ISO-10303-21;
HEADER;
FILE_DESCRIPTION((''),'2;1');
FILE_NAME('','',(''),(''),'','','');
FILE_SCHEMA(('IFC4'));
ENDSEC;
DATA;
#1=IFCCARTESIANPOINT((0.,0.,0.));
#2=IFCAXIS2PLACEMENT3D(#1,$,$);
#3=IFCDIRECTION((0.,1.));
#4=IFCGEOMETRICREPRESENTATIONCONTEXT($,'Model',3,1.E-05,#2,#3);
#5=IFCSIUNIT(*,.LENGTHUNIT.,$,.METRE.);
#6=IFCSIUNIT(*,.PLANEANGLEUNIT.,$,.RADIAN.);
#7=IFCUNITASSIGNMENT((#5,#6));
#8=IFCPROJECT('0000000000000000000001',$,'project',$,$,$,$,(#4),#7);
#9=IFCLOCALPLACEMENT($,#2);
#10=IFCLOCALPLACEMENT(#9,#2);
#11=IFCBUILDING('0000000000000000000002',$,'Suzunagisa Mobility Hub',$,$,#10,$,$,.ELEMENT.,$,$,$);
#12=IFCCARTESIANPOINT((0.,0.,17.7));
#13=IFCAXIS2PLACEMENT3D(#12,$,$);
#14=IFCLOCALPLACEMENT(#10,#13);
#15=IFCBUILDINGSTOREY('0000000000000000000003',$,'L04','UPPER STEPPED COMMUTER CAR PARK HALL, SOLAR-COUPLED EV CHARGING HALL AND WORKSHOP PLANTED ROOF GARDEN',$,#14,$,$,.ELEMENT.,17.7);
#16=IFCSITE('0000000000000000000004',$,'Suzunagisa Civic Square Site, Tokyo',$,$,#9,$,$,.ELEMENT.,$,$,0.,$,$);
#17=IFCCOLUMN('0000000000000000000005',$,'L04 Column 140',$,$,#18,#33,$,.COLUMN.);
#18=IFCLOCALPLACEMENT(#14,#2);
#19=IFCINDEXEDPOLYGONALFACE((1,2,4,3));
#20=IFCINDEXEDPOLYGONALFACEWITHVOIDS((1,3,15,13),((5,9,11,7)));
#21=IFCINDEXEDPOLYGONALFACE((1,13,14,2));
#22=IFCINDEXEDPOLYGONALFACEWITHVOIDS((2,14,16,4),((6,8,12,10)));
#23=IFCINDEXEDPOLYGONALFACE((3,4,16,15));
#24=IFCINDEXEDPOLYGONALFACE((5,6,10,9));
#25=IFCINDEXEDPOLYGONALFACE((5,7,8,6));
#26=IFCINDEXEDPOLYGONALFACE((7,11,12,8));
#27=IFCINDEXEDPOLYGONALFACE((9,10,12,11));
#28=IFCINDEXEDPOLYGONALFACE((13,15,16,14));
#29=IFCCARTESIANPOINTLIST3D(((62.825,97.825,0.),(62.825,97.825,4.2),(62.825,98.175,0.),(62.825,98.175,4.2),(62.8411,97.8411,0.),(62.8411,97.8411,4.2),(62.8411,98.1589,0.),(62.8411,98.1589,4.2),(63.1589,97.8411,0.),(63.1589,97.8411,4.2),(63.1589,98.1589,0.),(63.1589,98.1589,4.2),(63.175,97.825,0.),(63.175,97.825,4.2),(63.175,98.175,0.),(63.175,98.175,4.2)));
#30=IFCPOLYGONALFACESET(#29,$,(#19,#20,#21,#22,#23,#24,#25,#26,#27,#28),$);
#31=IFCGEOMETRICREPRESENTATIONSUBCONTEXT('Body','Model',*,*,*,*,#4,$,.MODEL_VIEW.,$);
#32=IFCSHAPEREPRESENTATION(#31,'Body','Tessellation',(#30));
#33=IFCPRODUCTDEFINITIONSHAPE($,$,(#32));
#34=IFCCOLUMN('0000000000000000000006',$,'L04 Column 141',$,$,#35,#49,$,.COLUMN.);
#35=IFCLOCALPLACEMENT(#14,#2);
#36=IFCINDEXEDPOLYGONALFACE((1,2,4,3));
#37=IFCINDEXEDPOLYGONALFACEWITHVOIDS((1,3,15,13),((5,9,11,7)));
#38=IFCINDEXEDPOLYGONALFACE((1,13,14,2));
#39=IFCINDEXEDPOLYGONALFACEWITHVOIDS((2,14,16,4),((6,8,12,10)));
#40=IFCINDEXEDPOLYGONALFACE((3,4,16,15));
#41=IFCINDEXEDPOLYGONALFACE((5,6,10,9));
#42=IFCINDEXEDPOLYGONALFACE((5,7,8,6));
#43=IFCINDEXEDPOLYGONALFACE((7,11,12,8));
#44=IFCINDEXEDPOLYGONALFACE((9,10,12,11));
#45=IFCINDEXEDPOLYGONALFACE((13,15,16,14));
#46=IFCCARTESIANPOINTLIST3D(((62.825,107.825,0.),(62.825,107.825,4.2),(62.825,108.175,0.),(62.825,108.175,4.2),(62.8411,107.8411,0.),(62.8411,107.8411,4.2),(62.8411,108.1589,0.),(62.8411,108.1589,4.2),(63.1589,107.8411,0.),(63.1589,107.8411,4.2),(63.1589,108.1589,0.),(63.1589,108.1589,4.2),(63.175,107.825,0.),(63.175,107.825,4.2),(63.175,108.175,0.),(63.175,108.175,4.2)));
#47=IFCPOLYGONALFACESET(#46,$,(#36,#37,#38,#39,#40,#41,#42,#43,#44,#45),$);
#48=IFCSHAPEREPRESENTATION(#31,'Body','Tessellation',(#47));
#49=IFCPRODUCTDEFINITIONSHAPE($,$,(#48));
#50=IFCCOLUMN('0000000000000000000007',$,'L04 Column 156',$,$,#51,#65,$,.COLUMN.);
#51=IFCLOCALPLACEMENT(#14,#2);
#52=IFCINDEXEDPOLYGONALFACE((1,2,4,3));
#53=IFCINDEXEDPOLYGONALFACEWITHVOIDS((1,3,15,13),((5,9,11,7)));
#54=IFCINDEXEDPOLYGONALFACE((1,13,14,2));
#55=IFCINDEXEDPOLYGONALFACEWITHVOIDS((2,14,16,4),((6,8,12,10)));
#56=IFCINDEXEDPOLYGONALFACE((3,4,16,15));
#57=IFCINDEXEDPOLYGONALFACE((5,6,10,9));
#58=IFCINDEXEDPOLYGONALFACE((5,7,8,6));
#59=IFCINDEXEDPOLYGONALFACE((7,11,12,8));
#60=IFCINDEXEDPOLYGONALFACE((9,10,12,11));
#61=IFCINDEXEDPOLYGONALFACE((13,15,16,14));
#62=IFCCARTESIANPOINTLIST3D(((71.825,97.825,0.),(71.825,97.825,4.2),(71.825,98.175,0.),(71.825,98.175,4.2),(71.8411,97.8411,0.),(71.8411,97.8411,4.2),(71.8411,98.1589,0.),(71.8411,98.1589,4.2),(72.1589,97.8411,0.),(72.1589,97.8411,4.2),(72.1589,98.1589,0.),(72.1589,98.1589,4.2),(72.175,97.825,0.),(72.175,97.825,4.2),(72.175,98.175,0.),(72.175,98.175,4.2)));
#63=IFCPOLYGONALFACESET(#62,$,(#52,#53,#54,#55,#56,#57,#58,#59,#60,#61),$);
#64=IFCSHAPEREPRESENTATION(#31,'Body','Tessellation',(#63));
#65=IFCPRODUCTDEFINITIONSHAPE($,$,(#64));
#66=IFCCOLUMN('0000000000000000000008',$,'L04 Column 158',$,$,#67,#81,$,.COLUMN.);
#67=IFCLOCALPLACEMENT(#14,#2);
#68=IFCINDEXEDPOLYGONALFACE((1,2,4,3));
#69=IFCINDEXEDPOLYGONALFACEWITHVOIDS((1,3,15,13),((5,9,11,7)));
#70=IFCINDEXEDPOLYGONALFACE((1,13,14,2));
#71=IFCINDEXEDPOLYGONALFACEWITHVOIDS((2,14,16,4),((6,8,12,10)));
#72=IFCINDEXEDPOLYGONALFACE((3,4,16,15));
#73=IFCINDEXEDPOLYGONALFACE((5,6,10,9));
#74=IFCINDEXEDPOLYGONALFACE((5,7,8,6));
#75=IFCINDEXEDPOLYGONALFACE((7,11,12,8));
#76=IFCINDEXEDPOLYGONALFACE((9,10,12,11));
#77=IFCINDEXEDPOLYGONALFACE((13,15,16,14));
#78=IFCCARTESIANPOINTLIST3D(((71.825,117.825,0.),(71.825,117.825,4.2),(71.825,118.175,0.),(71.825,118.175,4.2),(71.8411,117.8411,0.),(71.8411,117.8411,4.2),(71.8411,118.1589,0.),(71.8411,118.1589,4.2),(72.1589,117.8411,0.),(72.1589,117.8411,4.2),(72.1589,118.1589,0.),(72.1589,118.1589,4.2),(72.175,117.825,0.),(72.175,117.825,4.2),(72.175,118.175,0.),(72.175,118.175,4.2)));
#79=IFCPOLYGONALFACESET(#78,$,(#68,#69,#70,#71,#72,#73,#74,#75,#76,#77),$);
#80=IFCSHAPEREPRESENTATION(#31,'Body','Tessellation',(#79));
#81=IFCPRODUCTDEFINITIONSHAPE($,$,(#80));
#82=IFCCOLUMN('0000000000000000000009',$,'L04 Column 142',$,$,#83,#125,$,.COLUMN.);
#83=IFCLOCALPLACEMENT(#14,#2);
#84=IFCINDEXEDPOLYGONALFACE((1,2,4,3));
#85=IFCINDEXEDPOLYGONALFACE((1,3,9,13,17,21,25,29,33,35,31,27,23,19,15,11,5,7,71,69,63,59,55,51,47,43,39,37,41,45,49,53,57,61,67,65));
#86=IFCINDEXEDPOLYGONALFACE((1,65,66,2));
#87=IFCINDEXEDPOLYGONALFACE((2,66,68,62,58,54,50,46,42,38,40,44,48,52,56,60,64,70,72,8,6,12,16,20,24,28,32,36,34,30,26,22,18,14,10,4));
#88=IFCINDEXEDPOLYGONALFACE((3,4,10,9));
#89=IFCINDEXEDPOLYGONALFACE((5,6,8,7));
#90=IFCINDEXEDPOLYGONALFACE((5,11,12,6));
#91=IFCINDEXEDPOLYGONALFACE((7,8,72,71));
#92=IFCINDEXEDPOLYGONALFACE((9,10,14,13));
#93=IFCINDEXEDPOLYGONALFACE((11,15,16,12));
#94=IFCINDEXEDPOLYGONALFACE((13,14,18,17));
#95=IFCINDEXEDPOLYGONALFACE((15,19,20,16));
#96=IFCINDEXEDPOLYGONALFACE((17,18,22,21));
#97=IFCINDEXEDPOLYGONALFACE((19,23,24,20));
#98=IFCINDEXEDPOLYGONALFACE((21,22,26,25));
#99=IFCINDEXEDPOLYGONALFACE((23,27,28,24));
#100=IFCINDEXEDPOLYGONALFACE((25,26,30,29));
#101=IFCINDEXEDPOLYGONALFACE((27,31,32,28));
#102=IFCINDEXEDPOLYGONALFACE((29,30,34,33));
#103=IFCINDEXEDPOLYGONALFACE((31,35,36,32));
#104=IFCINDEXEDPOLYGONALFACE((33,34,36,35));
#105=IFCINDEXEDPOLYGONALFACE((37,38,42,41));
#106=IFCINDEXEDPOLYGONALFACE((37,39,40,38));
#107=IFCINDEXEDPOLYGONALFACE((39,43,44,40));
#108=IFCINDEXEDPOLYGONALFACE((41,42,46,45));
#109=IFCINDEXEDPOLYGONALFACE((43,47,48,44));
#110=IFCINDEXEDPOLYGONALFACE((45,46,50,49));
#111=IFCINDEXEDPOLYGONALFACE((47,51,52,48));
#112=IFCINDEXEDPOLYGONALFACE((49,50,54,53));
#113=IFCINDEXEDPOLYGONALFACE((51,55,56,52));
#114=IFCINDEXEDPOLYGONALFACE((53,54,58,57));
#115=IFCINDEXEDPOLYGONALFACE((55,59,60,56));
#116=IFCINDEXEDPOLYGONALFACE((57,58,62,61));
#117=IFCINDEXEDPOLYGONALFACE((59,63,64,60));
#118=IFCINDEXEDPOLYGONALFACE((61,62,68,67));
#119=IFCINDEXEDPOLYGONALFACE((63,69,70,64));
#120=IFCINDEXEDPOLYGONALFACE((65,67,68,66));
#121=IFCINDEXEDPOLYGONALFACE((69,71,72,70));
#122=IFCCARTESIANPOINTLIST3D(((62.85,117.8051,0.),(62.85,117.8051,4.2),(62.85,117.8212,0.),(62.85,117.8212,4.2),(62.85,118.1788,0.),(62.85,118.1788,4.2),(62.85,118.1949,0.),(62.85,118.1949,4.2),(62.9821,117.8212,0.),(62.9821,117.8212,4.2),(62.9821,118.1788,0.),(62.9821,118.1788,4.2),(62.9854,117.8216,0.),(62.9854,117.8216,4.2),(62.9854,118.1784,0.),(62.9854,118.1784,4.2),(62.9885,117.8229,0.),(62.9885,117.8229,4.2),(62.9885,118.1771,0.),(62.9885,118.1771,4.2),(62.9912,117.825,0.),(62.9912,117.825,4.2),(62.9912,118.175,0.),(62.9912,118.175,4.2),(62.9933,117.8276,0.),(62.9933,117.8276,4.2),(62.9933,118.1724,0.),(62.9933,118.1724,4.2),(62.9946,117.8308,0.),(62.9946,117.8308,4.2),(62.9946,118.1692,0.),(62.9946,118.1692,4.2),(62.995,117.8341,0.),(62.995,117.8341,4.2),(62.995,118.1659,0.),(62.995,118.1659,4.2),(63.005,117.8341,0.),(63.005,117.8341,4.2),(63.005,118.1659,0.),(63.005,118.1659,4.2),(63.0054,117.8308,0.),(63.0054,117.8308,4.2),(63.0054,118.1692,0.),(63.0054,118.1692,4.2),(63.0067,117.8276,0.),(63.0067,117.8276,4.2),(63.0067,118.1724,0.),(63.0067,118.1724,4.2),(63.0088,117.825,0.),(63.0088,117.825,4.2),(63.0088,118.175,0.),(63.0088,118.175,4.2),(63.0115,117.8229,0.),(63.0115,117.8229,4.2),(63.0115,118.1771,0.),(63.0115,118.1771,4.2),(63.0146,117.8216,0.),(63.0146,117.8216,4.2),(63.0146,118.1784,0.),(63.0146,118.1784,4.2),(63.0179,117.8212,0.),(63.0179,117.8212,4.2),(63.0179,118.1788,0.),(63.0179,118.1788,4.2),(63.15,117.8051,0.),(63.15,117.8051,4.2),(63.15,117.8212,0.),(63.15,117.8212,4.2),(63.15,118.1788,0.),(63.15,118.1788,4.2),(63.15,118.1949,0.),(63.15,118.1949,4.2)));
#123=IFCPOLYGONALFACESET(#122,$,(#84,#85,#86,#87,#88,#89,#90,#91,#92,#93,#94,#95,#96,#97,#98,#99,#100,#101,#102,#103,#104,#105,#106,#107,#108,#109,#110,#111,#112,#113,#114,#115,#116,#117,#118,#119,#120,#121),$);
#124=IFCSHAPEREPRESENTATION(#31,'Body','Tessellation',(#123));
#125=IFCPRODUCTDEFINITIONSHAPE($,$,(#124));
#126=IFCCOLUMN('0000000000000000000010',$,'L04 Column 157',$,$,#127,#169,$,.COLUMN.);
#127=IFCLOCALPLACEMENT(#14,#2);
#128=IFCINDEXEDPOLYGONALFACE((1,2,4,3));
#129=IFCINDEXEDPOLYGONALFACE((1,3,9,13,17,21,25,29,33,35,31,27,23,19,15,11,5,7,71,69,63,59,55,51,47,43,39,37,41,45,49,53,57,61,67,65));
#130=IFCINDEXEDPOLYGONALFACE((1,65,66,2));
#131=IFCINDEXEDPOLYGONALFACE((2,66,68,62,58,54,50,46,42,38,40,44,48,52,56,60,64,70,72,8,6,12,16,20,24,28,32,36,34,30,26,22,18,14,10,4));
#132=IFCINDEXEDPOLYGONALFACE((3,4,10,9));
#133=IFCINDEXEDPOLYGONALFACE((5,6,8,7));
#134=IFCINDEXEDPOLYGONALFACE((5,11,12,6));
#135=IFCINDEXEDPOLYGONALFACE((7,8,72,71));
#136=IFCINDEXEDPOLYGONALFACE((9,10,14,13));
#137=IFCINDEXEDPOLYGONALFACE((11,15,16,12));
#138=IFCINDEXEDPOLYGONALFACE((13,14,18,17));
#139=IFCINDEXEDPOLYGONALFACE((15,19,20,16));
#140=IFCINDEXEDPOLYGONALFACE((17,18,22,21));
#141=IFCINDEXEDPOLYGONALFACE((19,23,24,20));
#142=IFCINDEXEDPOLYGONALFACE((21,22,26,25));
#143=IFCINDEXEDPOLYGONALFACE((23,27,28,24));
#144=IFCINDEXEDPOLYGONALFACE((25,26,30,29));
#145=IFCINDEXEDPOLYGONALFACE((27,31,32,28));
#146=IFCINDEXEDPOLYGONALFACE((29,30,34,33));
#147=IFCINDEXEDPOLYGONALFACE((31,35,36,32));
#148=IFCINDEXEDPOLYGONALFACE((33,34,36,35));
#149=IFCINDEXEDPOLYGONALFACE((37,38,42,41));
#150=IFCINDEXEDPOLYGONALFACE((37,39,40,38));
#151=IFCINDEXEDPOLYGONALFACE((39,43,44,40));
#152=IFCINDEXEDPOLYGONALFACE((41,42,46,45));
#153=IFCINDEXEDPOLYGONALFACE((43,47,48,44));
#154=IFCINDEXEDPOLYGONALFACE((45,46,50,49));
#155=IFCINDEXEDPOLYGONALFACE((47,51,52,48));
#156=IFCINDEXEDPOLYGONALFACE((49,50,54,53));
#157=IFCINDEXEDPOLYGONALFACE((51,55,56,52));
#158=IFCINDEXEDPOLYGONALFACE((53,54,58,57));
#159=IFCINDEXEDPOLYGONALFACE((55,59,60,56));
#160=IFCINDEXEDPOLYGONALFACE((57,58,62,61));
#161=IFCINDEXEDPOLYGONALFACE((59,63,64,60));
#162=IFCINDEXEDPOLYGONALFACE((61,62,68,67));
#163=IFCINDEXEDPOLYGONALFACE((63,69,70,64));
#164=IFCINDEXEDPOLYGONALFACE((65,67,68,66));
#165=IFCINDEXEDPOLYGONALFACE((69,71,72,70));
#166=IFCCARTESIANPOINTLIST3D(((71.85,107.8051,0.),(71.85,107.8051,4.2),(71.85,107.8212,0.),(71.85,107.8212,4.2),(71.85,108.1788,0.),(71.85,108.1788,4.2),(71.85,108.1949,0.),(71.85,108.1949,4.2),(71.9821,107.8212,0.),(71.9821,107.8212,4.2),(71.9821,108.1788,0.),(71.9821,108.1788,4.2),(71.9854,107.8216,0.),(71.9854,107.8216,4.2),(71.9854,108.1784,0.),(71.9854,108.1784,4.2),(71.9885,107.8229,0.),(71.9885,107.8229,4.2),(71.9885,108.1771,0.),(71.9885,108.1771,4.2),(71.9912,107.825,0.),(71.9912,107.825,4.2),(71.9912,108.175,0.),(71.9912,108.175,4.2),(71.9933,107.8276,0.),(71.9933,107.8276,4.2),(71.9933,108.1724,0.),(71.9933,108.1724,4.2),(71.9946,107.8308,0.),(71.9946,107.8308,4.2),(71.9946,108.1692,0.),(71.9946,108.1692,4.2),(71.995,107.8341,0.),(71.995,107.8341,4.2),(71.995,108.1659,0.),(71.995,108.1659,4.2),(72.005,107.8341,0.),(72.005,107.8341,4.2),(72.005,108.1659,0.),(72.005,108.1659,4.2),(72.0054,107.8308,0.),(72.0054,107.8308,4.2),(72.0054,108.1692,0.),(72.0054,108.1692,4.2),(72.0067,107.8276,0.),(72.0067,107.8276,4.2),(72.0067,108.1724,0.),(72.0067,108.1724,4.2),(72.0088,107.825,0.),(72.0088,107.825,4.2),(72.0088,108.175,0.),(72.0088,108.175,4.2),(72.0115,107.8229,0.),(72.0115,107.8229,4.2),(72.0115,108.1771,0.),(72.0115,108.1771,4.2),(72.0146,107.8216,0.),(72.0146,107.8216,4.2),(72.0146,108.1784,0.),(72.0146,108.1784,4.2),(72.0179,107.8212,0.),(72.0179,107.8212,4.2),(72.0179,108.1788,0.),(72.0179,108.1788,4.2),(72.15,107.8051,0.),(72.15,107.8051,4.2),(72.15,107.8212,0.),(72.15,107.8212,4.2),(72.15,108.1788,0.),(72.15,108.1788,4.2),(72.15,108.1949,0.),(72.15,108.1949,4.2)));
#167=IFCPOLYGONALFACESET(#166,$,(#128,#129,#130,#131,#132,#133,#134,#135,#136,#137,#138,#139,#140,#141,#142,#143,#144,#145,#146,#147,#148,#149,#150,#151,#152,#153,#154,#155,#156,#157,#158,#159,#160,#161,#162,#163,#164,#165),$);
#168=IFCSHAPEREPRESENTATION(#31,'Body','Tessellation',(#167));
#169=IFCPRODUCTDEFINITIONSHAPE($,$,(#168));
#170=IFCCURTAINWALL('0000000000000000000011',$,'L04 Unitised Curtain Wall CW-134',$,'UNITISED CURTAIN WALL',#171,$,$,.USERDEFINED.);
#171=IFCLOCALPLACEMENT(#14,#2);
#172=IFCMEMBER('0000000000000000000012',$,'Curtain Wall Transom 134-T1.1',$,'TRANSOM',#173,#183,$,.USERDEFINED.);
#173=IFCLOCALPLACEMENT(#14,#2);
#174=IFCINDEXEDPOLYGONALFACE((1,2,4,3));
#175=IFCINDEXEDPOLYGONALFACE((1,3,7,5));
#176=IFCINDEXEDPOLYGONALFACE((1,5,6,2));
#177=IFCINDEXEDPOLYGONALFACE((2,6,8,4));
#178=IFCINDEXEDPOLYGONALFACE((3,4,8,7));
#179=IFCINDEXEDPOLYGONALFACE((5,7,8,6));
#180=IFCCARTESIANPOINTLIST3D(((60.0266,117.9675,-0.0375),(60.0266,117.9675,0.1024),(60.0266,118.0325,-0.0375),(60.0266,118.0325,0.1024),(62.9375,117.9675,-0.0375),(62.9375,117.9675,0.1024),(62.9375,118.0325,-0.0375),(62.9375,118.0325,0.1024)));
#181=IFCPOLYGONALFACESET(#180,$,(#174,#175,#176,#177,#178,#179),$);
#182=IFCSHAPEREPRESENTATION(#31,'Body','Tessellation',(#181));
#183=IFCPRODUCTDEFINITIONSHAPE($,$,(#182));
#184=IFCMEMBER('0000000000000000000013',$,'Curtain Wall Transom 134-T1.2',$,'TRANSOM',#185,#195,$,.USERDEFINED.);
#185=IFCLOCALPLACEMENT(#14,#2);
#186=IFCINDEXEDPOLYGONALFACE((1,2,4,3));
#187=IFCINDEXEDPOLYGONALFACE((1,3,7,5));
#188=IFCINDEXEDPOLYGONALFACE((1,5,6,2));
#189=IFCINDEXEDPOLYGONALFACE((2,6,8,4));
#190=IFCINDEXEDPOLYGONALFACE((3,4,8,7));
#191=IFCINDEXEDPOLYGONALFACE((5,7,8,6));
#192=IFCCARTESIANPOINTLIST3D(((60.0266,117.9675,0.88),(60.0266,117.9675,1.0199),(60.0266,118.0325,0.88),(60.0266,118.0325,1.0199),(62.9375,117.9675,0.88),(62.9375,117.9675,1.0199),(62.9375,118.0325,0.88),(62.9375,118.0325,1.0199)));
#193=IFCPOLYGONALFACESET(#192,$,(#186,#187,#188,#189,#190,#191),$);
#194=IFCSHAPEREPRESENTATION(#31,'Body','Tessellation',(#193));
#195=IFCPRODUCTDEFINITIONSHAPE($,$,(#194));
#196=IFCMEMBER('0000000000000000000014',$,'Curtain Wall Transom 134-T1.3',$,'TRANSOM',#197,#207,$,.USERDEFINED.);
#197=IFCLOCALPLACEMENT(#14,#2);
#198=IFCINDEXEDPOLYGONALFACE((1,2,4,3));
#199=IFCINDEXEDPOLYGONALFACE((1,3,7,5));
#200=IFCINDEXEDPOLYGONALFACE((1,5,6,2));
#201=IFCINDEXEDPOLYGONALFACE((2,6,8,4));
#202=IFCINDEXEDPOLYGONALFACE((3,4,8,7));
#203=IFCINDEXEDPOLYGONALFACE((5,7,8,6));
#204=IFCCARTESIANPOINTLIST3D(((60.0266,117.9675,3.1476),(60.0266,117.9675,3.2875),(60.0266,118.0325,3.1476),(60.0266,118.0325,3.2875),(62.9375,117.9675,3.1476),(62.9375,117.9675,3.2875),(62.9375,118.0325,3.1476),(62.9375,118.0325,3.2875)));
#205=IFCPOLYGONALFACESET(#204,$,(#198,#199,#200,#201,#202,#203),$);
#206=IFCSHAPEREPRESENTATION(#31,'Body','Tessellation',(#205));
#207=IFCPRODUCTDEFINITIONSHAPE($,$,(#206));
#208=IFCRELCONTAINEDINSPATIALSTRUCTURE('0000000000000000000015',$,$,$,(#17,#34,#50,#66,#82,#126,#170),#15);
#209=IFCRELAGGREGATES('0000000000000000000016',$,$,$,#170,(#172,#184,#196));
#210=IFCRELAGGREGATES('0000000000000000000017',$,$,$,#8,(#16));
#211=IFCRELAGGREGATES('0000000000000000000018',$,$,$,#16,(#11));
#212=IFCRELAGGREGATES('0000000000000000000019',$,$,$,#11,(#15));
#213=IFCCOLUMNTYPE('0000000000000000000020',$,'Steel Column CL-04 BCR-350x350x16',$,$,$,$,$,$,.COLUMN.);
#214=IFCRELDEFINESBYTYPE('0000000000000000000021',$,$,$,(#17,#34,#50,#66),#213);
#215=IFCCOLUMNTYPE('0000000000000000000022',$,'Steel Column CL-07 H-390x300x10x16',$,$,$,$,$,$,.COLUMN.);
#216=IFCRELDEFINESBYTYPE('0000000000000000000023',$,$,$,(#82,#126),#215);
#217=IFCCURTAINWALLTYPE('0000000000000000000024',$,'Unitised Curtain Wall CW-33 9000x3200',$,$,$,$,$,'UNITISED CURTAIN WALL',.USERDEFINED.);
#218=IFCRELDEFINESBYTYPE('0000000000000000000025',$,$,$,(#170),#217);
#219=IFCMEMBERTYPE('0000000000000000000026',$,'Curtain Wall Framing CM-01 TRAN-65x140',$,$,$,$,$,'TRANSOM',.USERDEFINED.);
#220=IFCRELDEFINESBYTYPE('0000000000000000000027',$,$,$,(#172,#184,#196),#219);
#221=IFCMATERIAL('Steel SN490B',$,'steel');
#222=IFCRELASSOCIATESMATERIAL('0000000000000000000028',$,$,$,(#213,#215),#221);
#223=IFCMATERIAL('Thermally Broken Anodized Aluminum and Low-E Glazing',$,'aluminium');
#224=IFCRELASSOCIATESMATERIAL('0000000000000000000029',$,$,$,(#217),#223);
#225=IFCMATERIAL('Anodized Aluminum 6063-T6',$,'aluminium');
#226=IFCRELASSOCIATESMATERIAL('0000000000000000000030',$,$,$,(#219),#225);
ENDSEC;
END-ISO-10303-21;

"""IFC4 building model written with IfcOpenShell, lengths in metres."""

from ifc_helpers import new_model, si_unit, direction, frame, origin, origin_2d, place, context, subcontext, project, spatial, rectangle, hollow_rectangle, i_section, extrude, material, material_profile, profile_set, type_object, element, aggregate, save


model = new_model("IFC4")

# Units and contexts
model_context = context("Model", 3, precision=1e-05, world=origin(), true_north=direction((0.0, 1.0)))
body_context = subcontext(model_context, "Body", "Model", "MODEL_VIEW")
ifc_project = project(units=[si_unit("LENGTHUNIT", "METRE"), si_unit("PLANEANGLEUNIT", "RADIAN")], contexts=[model_context])

# Site, building, storey
site_placement = place(None, origin())
site = spatial("IfcSite", under=ifc_project, at=site_placement, Name="Suzunagisa Civic Square Site, Tokyo", CompositionType="ELEMENT", RefElevation=0.0)
building_placement = place(site_placement, origin())
building = spatial("IfcBuilding", under=site, at=building_placement, Name="Suzunagisa Mobility Hub", CompositionType="ELEMENT")
storey_placement = place(building_placement, frame((0.0, 0.0, 17.7)))
storey = spatial("IfcBuildingStorey", under=building, at=storey_placement, Name="L04", Description="UPPER STEPPED COMMUTER CAR PARK HALL, SOLAR-COUPLED EV CHARGING HALL AND WORKSHOP PLANTED ROOF GARDEN", CompositionType="ELEMENT", Elevation=17.7)

# Columns
ifc_material_1 = material(Name="Steel SN490B", Category="steel")
ifc_material_profile_1 = material_profile(ifc_material_1, hollow_rectangle(XDim=0.3501, YDim=0.3501, WallThickness=0.0161, at=origin_2d()), Name="BCR-350x350x16")
ifc_profile_set_1 = profile_set([ifc_material_profile_1], Name="Steel SN490B")
column_type_1 = type_object("IfcColumnType", Name="Steel Column CL-04 BCR-350x350x16", PredefinedType="COLUMN", material=ifc_profile_set_1)
for number, where, z_axis, x_axis, name in (
    (1, (63.0, 98.0, 0.0), (0.0, 0.0, 1.0), (1.0, 0.0, 0.0), "L04 Column 140"),
    (2, (63.0, 108.0, 0.0), (0.0, 0.0, 1.0), (1.0, 0.0, 0.0), "L04 Column 141"),
    (3, (72.0, 98.0, 0.0), (0.0, 0.0, 1.0), (1.0, 0.0, 0.0), "L04 Column 156"),
    (4, (72.0, 118.0, 0.0), (0.0, 0.0, 1.0), (1.0, 0.0, 0.0), "L04 Column 158"),
):
    element("IfcColumn", number, at=place(storey_placement, frame(where, z_axis=z_axis, x_axis=x_axis)), inside=storey, type_object=column_type_1, Name=name, PredefinedType="COLUMN", context=body_context, shape_type="SweptSolid", body=[
        extrude(hollow_rectangle(XDim=0.3501, YDim=0.3501, WallThickness=0.0161, at=origin_2d()), origin(), (0.0, 0.0, 1.0), 4.2),
    ])
ifc_material_profile_2 = material_profile(ifc_material_1, i_section(OverallWidth=0.3, OverallDepth=0.3899, WebThickness=0.01, FlangeThickness=0.0161, FilletRadius=0.0129, at=origin_2d()), Name="H-390x300x10x16")
ifc_profile_set_2 = profile_set([ifc_material_profile_2], Name="Steel SN490B")
column_type_2 = type_object("IfcColumnType", Name="Steel Column CL-07 H-390x300x10x16", PredefinedType="COLUMN", material=ifc_profile_set_2)
for number, where, z_axis, x_axis, name in (
    (5, (63.0, 118.0, 0.0), (0.0, 0.0, 1.0), (1.0, 0.0, 0.0), "L04 Column 142"),
    (6, (72.0, 108.0, 0.0), (0.0, 0.0, 1.0), (1.0, 0.0, 0.0), "L04 Column 157"),
):
    element("IfcColumn", number, at=place(storey_placement, frame(where, z_axis=z_axis, x_axis=x_axis)), inside=storey, type_object=column_type_2, Name=name, PredefinedType="COLUMN", context=body_context, shape_type="SweptSolid", body=[
        extrude(i_section(OverallWidth=0.3, OverallDepth=0.3899, WebThickness=0.01, FlangeThickness=0.0161, FilletRadius=0.0129, at=origin_2d()), origin(), (0.0, 0.0, 1.0), 4.2),
    ])

# Curtain wall, members
ifc_material_2 = material(Name="Thermally Broken Anodized Aluminum and Low-E Glazing", Category="aluminium")
curtain_wall_type = type_object("IfcCurtainWallType", Name="Unitised Curtain Wall CW-33 9000x3200", ElementType="UNITISED CURTAIN WALL", PredefinedType="USERDEFINED", material=ifc_material_2)
curtain_wall_placement = place(storey_placement, origin())
curtain_wall = element("IfcCurtainWall", 7, at=curtain_wall_placement, inside=storey, type_object=curtain_wall_type, Name="L04 Unitised Curtain Wall CW-134", ObjectType="UNITISED CURTAIN WALL", PredefinedType="USERDEFINED")
ifc_material_3 = material(Name="Anodized Aluminum 6063-T6", Category="aluminium")
ifc_material_profile_3 = material_profile(ifc_material_3, rectangle(XDim=0.0649, YDim=0.1399, at=origin_2d()), Name="TRAN-65x140")
ifc_profile_set_3 = profile_set([ifc_material_profile_3], Name="Anodized Aluminum 6063-T6")
member_type_1 = type_object("IfcMemberType", Name="Curtain Wall Framing CM-01 TRAN-65x140", ElementType="TRANSOM", PredefinedType="USERDEFINED", material=ifc_profile_set_3)
member_1_placement = place(storey_placement, frame((62.9375, 118.0, 0.0325), z_axis=(-1.0, 0.0, 0.0), x_axis=(0.0, -1.0, 0.0)))
member_1 = element("IfcMember", 8, at=member_1_placement, type_object=member_type_1, Name="Curtain Wall Transom 134-T1.1", ObjectType="TRANSOM", PredefinedType="USERDEFINED", context=body_context, shape_type="SweptSolid", body=[
    extrude(rectangle(XDim=0.0649, YDim=0.1399, at=origin_2d()), origin(), (0.0, 0.0, 1.0), 2.9109),
])
member_2_placement = place(storey_placement, frame((62.9375, 118.0, 0.95), z_axis=(-1.0, 0.0, 0.0), x_axis=(0.0, -1.0, 0.0)))
member_2 = element("IfcMember", 9, at=member_2_placement, type_object=member_type_1, Name="Curtain Wall Transom 134-T1.2", ObjectType="TRANSOM", PredefinedType="USERDEFINED", context=body_context, shape_type="SweptSolid", body=[
    extrude(rectangle(XDim=0.0649, YDim=0.1399, at=origin_2d()), origin(), (0.0, 0.0, 1.0), 2.9109),
])
member_3_placement = place(storey_placement, frame((62.9375, 118.0, 3.2175), z_axis=(-1.0, 0.0, 0.0), x_axis=(0.0, -1.0, 0.0)))
member_3 = element("IfcMember", 10, at=member_3_placement, type_object=member_type_1, Name="Curtain Wall Transom 134-T1.3", ObjectType="TRANSOM", PredefinedType="USERDEFINED", context=body_context, shape_type="SweptSolid", body=[
    extrude(rectangle(XDim=0.0649, YDim=0.1399, at=origin_2d()), origin(), (0.0, 0.0, 1.0), 2.9109),
])

aggregate(curtain_wall, [member_1, member_2, member_3])

save(model, "model.ifc")
